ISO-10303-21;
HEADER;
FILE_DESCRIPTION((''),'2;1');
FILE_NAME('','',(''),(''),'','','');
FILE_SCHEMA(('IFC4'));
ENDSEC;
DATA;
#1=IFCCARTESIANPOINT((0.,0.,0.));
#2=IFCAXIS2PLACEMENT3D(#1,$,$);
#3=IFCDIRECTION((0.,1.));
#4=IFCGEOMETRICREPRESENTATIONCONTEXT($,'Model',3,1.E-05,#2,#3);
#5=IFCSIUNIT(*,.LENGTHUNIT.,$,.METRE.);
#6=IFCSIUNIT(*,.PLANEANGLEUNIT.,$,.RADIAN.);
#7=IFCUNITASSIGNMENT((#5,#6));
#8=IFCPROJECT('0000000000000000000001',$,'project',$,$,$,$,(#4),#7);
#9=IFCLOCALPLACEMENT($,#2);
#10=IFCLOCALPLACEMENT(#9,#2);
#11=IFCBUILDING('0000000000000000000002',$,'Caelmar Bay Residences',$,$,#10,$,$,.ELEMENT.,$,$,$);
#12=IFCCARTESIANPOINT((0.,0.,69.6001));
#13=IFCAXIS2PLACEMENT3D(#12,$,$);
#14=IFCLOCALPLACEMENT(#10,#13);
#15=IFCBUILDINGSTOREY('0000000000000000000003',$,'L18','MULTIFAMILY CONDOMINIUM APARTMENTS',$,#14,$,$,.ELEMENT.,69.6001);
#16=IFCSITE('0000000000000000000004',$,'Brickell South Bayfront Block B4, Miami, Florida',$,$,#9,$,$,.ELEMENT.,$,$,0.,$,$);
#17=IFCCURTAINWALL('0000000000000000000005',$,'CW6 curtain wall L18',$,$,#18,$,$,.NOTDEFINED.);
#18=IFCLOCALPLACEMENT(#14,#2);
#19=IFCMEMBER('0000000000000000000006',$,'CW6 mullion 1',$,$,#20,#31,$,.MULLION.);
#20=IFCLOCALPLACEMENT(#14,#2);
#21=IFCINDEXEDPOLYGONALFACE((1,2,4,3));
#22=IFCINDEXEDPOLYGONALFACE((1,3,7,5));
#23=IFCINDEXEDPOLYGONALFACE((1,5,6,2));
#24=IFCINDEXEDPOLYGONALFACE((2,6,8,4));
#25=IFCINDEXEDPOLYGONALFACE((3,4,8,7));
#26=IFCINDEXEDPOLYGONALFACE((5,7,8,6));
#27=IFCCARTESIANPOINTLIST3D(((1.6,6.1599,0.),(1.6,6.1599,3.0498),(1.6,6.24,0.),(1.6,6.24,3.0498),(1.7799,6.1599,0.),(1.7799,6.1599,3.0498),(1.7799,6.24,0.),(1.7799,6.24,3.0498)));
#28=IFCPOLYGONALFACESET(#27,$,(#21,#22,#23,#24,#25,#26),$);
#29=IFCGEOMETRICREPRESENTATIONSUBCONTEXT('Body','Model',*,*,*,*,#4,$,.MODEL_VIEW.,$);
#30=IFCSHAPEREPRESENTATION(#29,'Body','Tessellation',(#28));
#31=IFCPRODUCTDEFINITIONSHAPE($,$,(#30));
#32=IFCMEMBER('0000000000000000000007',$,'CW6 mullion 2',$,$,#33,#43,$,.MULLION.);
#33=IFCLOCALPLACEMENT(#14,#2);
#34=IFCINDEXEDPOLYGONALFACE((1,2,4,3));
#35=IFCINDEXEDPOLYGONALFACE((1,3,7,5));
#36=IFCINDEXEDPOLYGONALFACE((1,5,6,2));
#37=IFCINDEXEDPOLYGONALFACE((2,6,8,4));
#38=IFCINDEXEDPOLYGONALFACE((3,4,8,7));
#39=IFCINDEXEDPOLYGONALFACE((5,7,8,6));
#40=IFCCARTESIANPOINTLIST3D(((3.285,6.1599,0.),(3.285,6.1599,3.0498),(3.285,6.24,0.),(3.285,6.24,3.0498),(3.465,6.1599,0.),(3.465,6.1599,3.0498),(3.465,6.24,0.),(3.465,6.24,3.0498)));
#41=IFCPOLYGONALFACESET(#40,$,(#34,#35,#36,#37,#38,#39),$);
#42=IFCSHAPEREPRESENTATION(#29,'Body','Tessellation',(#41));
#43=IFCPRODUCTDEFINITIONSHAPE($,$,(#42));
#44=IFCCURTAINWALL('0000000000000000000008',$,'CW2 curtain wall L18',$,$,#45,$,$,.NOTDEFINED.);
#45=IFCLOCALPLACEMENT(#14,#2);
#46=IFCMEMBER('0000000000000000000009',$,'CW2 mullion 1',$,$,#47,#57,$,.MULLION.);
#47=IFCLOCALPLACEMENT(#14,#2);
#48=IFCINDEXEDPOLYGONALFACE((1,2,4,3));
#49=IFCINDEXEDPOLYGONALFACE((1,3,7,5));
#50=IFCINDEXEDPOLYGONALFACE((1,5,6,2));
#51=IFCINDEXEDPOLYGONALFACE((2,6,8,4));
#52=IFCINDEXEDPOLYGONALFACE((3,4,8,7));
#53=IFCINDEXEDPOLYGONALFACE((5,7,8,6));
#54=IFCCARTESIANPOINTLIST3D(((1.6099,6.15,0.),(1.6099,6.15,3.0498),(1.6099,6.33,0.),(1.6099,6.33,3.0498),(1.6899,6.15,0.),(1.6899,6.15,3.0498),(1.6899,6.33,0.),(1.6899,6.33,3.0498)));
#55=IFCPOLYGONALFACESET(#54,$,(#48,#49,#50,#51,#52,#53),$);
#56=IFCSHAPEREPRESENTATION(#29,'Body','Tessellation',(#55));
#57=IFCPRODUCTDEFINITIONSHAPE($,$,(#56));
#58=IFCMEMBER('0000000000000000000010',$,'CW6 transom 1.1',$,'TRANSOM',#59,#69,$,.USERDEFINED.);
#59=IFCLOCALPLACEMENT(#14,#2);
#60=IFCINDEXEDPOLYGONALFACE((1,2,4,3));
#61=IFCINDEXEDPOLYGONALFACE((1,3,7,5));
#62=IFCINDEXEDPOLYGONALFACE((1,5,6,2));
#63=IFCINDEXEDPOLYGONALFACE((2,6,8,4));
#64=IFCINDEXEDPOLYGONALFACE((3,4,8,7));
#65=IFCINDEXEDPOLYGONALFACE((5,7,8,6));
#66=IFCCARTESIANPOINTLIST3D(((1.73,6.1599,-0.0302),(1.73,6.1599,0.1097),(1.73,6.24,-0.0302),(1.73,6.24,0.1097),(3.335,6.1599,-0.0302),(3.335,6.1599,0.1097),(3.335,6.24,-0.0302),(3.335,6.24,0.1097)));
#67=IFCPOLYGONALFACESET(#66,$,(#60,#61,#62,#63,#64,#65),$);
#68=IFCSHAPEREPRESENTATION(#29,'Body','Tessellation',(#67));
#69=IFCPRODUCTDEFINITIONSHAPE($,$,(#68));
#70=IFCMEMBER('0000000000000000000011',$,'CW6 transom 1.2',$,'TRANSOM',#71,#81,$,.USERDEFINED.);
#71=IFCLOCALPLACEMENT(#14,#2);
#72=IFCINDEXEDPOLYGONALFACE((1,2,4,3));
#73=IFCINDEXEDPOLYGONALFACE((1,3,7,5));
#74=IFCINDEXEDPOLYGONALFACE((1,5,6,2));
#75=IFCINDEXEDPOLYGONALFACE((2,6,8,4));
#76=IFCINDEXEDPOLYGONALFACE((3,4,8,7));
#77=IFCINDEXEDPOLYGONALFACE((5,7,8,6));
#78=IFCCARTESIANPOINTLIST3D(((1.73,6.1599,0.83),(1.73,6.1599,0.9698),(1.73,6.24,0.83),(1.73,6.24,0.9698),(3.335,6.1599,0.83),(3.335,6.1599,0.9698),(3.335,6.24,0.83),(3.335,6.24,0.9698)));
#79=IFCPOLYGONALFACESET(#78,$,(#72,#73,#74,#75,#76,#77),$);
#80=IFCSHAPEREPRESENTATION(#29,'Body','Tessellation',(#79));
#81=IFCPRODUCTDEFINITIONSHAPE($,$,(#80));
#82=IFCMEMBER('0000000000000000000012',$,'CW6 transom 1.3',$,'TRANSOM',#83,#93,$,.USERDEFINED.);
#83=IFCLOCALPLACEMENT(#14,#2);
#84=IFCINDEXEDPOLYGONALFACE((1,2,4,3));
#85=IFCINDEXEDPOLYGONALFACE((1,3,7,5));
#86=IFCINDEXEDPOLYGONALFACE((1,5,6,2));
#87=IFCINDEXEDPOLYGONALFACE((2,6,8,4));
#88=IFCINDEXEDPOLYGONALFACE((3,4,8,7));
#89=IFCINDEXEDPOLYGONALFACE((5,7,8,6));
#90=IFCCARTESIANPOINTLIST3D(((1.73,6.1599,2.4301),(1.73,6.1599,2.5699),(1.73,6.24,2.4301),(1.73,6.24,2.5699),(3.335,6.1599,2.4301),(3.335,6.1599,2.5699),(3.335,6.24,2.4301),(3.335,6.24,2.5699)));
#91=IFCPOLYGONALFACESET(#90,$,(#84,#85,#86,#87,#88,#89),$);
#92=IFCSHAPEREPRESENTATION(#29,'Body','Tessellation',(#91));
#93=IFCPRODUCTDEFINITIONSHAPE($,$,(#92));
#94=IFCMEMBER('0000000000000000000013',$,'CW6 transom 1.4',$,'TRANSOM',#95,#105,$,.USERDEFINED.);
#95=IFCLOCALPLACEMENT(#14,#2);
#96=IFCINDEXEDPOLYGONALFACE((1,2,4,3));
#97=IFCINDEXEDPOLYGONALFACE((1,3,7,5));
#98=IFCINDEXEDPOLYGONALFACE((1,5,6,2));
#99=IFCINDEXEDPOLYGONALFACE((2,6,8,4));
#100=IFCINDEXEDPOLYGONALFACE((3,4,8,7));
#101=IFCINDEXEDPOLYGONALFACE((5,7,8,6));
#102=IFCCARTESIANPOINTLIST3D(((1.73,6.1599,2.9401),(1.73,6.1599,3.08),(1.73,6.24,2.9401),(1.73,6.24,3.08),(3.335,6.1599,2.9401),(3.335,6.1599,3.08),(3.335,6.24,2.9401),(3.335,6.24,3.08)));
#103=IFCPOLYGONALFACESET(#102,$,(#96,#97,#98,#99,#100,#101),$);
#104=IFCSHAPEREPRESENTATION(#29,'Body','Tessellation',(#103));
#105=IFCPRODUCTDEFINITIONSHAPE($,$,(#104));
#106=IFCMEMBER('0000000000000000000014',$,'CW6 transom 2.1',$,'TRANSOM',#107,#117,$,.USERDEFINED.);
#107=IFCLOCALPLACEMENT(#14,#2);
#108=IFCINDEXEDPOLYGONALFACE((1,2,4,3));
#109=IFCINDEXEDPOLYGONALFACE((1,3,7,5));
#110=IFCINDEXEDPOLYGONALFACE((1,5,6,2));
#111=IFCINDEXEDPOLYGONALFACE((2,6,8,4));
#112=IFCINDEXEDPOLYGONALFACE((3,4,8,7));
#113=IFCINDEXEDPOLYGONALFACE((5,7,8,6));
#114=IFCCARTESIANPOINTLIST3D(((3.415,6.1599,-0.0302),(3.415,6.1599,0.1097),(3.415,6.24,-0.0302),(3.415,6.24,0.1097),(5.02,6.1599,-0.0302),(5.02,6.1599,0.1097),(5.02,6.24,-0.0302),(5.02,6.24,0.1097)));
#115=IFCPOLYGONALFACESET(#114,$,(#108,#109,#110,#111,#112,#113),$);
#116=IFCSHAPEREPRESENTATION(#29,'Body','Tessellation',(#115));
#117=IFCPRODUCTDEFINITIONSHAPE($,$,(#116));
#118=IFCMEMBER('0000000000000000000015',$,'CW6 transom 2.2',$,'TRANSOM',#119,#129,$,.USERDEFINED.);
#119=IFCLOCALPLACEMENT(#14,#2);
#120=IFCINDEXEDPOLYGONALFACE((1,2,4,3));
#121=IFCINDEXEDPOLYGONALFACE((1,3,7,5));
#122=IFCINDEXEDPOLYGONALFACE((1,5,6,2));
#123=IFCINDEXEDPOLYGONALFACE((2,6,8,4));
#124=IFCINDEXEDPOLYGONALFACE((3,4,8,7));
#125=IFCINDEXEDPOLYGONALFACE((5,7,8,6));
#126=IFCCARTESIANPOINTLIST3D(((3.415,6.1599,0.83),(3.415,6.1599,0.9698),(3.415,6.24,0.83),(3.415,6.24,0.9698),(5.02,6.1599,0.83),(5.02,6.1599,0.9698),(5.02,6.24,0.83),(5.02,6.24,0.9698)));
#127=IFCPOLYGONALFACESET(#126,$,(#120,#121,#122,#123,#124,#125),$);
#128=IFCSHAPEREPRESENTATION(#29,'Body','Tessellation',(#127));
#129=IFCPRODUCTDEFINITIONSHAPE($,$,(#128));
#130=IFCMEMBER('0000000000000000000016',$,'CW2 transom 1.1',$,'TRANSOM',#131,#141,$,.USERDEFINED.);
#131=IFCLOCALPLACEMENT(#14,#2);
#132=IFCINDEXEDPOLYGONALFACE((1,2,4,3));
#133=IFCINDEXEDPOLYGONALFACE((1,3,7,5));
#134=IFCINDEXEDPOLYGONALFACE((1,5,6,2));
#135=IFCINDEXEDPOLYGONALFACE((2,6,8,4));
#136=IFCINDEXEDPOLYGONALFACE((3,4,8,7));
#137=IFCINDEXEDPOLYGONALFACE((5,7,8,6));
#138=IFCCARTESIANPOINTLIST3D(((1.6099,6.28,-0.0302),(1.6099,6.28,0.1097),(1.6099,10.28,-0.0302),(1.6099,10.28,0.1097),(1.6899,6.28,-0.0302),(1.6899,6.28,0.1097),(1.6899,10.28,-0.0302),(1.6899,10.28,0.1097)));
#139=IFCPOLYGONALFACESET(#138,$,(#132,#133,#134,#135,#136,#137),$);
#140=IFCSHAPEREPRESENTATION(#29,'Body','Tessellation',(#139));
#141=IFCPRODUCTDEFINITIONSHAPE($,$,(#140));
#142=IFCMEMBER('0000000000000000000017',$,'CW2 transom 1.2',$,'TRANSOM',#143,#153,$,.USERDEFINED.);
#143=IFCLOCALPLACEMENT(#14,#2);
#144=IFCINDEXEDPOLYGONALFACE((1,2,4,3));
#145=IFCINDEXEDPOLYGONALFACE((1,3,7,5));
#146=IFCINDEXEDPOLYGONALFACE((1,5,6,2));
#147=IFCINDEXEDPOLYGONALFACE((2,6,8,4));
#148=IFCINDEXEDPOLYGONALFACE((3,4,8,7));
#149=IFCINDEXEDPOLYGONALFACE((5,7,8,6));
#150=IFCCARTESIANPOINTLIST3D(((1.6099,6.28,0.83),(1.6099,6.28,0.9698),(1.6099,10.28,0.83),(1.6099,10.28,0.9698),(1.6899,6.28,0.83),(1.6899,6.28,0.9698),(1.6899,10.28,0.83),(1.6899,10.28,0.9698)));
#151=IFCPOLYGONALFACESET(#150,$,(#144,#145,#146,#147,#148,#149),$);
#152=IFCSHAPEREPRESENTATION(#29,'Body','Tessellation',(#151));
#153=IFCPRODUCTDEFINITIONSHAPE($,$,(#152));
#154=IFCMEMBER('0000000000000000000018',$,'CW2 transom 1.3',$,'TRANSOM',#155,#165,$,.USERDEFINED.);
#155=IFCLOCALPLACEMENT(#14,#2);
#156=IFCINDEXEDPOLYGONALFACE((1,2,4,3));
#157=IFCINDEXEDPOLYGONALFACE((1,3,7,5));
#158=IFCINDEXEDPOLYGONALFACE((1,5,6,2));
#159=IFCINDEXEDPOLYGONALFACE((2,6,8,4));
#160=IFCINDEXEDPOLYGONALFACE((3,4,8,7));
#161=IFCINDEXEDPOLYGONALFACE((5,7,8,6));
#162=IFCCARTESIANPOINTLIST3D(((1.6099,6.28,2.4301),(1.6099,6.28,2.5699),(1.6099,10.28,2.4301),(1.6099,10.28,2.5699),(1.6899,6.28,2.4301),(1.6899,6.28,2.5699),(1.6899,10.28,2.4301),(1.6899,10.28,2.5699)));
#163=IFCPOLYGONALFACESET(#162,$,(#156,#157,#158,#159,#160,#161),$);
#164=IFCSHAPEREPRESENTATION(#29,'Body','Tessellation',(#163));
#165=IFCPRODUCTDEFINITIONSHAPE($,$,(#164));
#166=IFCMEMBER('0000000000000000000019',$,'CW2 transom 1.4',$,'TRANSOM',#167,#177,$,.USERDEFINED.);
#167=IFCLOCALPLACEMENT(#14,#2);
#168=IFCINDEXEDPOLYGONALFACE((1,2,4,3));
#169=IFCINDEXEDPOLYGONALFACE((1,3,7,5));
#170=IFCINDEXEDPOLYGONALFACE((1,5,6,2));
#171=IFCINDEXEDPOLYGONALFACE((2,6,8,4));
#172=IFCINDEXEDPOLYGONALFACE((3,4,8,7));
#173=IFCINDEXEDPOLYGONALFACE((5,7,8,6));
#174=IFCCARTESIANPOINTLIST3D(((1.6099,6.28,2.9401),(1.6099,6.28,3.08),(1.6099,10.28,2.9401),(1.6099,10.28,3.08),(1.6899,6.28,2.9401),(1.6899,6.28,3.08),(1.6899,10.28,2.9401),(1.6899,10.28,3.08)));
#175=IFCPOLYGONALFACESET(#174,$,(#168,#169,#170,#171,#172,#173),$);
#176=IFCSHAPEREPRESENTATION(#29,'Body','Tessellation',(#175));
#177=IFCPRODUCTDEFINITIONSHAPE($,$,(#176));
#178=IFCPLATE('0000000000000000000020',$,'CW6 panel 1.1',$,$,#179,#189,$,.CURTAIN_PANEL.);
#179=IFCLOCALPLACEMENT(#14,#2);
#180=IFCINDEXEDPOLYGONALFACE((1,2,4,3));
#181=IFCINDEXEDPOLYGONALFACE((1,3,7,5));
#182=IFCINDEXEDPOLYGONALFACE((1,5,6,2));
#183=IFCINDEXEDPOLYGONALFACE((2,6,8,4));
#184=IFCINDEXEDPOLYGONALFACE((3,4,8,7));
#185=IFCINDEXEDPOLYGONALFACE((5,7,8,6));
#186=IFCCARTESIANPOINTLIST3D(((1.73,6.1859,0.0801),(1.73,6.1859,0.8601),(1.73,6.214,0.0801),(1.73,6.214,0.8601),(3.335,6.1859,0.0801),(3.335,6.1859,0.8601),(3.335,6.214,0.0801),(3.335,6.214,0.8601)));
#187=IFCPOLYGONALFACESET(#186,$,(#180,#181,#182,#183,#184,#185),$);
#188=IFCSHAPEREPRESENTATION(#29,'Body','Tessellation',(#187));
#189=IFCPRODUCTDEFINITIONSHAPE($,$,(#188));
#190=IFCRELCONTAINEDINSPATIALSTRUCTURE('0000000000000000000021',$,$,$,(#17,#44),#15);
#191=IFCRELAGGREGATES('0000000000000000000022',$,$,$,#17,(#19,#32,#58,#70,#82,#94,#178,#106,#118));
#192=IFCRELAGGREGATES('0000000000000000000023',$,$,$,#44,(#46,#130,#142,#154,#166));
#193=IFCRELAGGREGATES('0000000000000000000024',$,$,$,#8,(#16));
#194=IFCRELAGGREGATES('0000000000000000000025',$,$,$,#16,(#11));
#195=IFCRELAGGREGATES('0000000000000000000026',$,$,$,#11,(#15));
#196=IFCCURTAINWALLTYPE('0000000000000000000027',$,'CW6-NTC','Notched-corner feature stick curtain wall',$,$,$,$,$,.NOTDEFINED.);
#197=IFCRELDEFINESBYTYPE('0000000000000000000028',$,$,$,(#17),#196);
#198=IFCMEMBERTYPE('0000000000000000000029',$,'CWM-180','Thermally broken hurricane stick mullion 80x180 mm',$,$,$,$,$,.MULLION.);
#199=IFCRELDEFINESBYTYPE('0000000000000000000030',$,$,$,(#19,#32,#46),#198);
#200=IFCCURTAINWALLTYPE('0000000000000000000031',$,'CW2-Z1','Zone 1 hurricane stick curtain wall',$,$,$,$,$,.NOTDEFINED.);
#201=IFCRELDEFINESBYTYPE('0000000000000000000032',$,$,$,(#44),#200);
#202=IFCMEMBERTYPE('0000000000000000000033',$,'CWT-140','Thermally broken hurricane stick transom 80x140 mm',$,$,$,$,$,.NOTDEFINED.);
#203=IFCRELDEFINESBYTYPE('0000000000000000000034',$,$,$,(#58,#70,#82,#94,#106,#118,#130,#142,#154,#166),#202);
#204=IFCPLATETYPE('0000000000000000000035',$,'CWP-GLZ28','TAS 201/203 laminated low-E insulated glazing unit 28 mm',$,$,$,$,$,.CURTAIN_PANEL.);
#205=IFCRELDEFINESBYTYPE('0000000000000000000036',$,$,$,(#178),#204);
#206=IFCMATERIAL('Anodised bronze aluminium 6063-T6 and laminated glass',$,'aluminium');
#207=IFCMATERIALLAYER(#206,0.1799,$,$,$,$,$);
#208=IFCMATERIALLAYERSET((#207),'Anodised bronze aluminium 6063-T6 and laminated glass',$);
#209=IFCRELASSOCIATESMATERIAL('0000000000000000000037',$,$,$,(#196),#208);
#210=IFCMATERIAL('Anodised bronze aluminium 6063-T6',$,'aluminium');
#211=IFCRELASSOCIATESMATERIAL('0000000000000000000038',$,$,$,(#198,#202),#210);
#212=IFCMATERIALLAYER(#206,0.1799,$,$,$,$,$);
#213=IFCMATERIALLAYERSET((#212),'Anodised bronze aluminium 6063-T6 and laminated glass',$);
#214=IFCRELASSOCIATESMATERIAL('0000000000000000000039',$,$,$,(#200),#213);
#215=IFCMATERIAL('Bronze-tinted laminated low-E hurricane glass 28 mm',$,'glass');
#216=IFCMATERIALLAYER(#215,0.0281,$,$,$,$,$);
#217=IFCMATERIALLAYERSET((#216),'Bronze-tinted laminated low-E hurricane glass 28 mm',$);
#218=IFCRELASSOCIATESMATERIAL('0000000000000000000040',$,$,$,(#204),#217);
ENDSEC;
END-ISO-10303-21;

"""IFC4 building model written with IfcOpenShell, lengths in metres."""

from ifc_helpers import new_model, si_unit, direction, frame, origin, origin_2d, place, context, subcontext, project, spatial, rectangle, extrude, material, layer, layer_set, material_profile, profile_set, type_object, element, aggregate, save


model = new_model("IFC4")

# Units and contexts
model_context = context("Model", 3, precision=1e-05, world=origin(), true_north=direction((0.0, 1.0)))
body_context = subcontext(model_context, "Body", "Model", "MODEL_VIEW")
ifc_project = project(units=[si_unit("LENGTHUNIT", "METRE"), si_unit("PLANEANGLEUNIT", "RADIAN")], contexts=[model_context])

# Site, building, storey
site_placement = place(None, origin())
site = spatial("IfcSite", under=ifc_project, at=site_placement, Name="Brickell South Bayfront Block B4, Miami, Florida", CompositionType="ELEMENT", RefElevation=0.0)
building_placement = place(site_placement, origin())
building = spatial("IfcBuilding", under=site, at=building_placement, Name="Caelmar Bay Residences", CompositionType="ELEMENT")
storey_placement = place(building_placement, frame((0.0, 0.0, 69.6001)))
storey = spatial("IfcBuildingStorey", under=building, at=storey_placement, Name="L18", Description="MULTIFAMILY CONDOMINIUM APARTMENTS", CompositionType="ELEMENT", Elevation=69.6001)

# Curtain wall, members
ifc_material_1 = material(Name="Anodised bronze aluminium 6063-T6 and laminated glass", Category="aluminium")
ifc_layer_1 = layer(ifc_material_1, 0.1799)
ifc_layer_set_1 = layer_set([ifc_layer_1], Name="Anodised bronze aluminium 6063-T6 and laminated glass")
curtain_wall_type_1 = type_object("IfcCurtainWallType", Name="CW6-NTC", Description="Notched-corner feature stick curtain wall", PredefinedType="NOTDEFINED", material=ifc_layer_set_1)
curtain_wall_1_placement = place(storey_placement, origin())
curtain_wall_1 = element("IfcCurtainWall", 1, at=curtain_wall_1_placement, inside=storey, type_object=curtain_wall_type_1, Name="CW6 curtain wall L18", PredefinedType="NOTDEFINED")
ifc_material_2 = material(Name="Anodised bronze aluminium 6063-T6", Category="aluminium")
ifc_material_profile_1 = material_profile(ifc_material_2, rectangle(XDim=0.0801, YDim=0.1799, at=origin_2d()), Name="CWM-80X180")
ifc_profile_set_1 = profile_set([ifc_material_profile_1], Name="Anodised bronze aluminium 6063-T6")
member_type_1 = type_object("IfcMemberType", Name="CWM-180", Description="Thermally broken hurricane stick mullion 80x180 mm", PredefinedType="MULLION", material=ifc_profile_set_1)
member_1_placement = place(storey_placement, frame((1.6899, 6.2, 0.0), z_axis=(0.0, 0.0, 1.0), x_axis=(0.0, 1.0, 0.0)))
member_1 = element("IfcMember", 2, at=member_1_placement, type_object=member_type_1, Name="CW6 mullion 1", PredefinedType="MULLION", context=body_context, shape_type="SweptSolid", body=[
    extrude(rectangle(XDim=0.0801, YDim=0.1799, at=origin_2d()), origin(), (0.0, 0.0, 1.0), 3.0498),
])
member_2_placement = place(storey_placement, frame((3.375, 6.2, 0.0), z_axis=(0.0, 0.0, 1.0), x_axis=(0.0, 1.0, 0.0)))
member_2 = element("IfcMember", 3, at=member_2_placement, type_object=member_type_1, Name="CW6 mullion 2", PredefinedType="MULLION", context=body_context, shape_type="SweptSolid", body=[
    extrude(rectangle(XDim=0.0801, YDim=0.1799, at=origin_2d()), origin(), (0.0, 0.0, 1.0), 3.0498),
])

# Curtain wall, member
ifc_layer_2 = layer(ifc_material_1, 0.1799)
ifc_layer_set_2 = layer_set([ifc_layer_2], Name="Anodised bronze aluminium 6063-T6 and laminated glass")
curtain_wall_type_2 = type_object("IfcCurtainWallType", Name="CW2-Z1", Description="Zone 1 hurricane stick curtain wall", PredefinedType="NOTDEFINED", material=ifc_layer_set_2)
curtain_wall_2_placement = place(storey_placement, origin())
curtain_wall_2 = element("IfcCurtainWall", 4, at=curtain_wall_2_placement, inside=storey, type_object=curtain_wall_type_2, Name="CW2 curtain wall L18", PredefinedType="NOTDEFINED")
member_3_placement = place(storey_placement, frame((1.6499, 6.24, 0.0), z_axis=(0.0, 0.0, 1.0), x_axis=(-1.0, 0.0, 0.0)))
member_3 = element("IfcMember", 5, at=member_3_placement, type_object=member_type_1, Name="CW2 mullion 1", PredefinedType="MULLION", context=body_context, shape_type="SweptSolid", body=[
    extrude(rectangle(XDim=0.0801, YDim=0.1799, at=origin_2d()), origin(), (0.0, 0.0, 1.0), 3.0498),
])

# Members
ifc_material_profile_2 = material_profile(ifc_material_2, rectangle(XDim=0.0801, YDim=0.1399, at=origin_2d()), Name="CWT-80X140")
ifc_profile_set_2 = profile_set([ifc_material_profile_2], Name="Anodised bronze aluminium 6063-T6")
member_type_2 = type_object("IfcMemberType", Name="CWT-140", Description="Thermally broken hurricane stick transom 80x140 mm", PredefinedType="NOTDEFINED", material=ifc_profile_set_2)
member_4_placement = place(storey_placement, frame((1.73, 6.2, 0.0398), z_axis=(1.0, 0.0, 0.0), x_axis=(0.0, 1.0, 0.0)))
member_4 = element("IfcMember", 6, at=member_4_placement, type_object=member_type_2, Name="CW6 transom 1.1", ObjectType="TRANSOM", PredefinedType="USERDEFINED", context=body_context, shape_type="SweptSolid", body=[
    extrude(rectangle(XDim=0.0801, YDim=0.1399, at=origin_2d()), origin(), (0.0, 0.0, 1.0), 1.605),
])
member_5_placement = place(storey_placement, frame((1.73, 6.2, 0.8999), z_axis=(1.0, 0.0, 0.0), x_axis=(0.0, 1.0, 0.0)))
member_5 = element("IfcMember", 7, at=member_5_placement, type_object=member_type_2, Name="CW6 transom 1.2", ObjectType="TRANSOM", PredefinedType="USERDEFINED", context=body_context, shape_type="SweptSolid", body=[
    extrude(rectangle(XDim=0.0801, YDim=0.1399, at=origin_2d()), origin(), (0.0, 0.0, 1.0), 1.605),
])
member_6_placement = place(storey_placement, frame((1.73, 6.2, 2.5), z_axis=(1.0, 0.0, 0.0), x_axis=(0.0, 1.0, 0.0)))
member_6 = element("IfcMember", 8, at=member_6_placement, type_object=member_type_2, Name="CW6 transom 1.3", ObjectType="TRANSOM", PredefinedType="USERDEFINED", context=body_context, shape_type="SweptSolid", body=[
    extrude(rectangle(XDim=0.0801, YDim=0.1399, at=origin_2d()), origin(), (0.0, 0.0, 1.0), 1.605),
])
member_7_placement = place(storey_placement, frame((1.73, 6.2, 3.01), z_axis=(1.0, 0.0, 0.0), x_axis=(0.0, 1.0, 0.0)))
member_7 = element("IfcMember", 9, at=member_7_placement, type_object=member_type_2, Name="CW6 transom 1.4", ObjectType="TRANSOM", PredefinedType="USERDEFINED", context=body_context, shape_type="SweptSolid", body=[
    extrude(rectangle(XDim=0.0801, YDim=0.1399, at=origin_2d()), origin(), (0.0, 0.0, 1.0), 1.605),
])
member_8_placement = place(storey_placement, frame((3.415, 6.2, 0.0398), z_axis=(1.0, 0.0, 0.0), x_axis=(0.0, 1.0, 0.0)))
member_8 = element("IfcMember", 10, at=member_8_placement, type_object=member_type_2, Name="CW6 transom 2.1", ObjectType="TRANSOM", PredefinedType="USERDEFINED", context=body_context, shape_type="SweptSolid", body=[
    extrude(rectangle(XDim=0.0801, YDim=0.1399, at=origin_2d()), origin(), (0.0, 0.0, 1.0), 1.605),
])
member_9_placement = place(storey_placement, frame((3.415, 6.2, 0.8999), z_axis=(1.0, 0.0, 0.0), x_axis=(0.0, 1.0, 0.0)))
member_9 = element("IfcMember", 11, at=member_9_placement, type_object=member_type_2, Name="CW6 transom 2.2", ObjectType="TRANSOM", PredefinedType="USERDEFINED", context=body_context, shape_type="SweptSolid", body=[
    extrude(rectangle(XDim=0.0801, YDim=0.1399, at=origin_2d()), origin(), (0.0, 0.0, 1.0), 1.605),
])
member_10_placement = place(storey_placement, frame((1.6499, 6.28, 0.0398), z_axis=(0.0, 1.0, 0.0), x_axis=(-1.0, 0.0, 0.0)))
member_10 = element("IfcMember", 12, at=member_10_placement, type_object=member_type_2, Name="CW2 transom 1.1", ObjectType="TRANSOM", PredefinedType="USERDEFINED", context=body_context, shape_type="SweptSolid", body=[
    extrude(rectangle(XDim=0.0801, YDim=0.1399, at=origin_2d()), origin(), (0.0, 0.0, 1.0), 4.0),
])
member_11_placement = place(storey_placement, frame((1.6499, 6.28, 0.8999), z_axis=(0.0, 1.0, 0.0), x_axis=(-1.0, 0.0, 0.0)))
member_11 = element("IfcMember", 13, at=member_11_placement, type_object=member_type_2, Name="CW2 transom 1.2", ObjectType="TRANSOM", PredefinedType="USERDEFINED", context=body_context, shape_type="SweptSolid", body=[
    extrude(rectangle(XDim=0.0801, YDim=0.1399, at=origin_2d()), origin(), (0.0, 0.0, 1.0), 4.0),
])
member_12_placement = place(storey_placement, frame((1.6499, 6.28, 2.5), z_axis=(0.0, 1.0, 0.0), x_axis=(-1.0, 0.0, 0.0)))
member_12 = element("IfcMember", 14, at=member_12_placement, type_object=member_type_2, Name="CW2 transom 1.3", ObjectType="TRANSOM", PredefinedType="USERDEFINED", context=body_context, shape_type="SweptSolid", body=[
    extrude(rectangle(XDim=0.0801, YDim=0.1399, at=origin_2d()), origin(), (0.0, 0.0, 1.0), 4.0),
])
member_13_placement = place(storey_placement, frame((1.6499, 6.28, 3.01), z_axis=(0.0, 1.0, 0.0), x_axis=(-1.0, 0.0, 0.0)))
member_13 = element("IfcMember", 15, at=member_13_placement, type_object=member_type_2, Name="CW2 transom 1.4", ObjectType="TRANSOM", PredefinedType="USERDEFINED", context=body_context, shape_type="SweptSolid", body=[
    extrude(rectangle(XDim=0.0801, YDim=0.1399, at=origin_2d()), origin(), (0.0, 0.0, 1.0), 4.0),
])

# Plate
ifc_material_3 = material(Name="Bronze-tinted laminated low-E hurricane glass 28 mm", Category="glass")
ifc_layer_3 = layer(ifc_material_3, 0.0281)
ifc_layer_set_3 = layer_set([ifc_layer_3], Name="Bronze-tinted laminated low-E hurricane glass 28 mm")
plate_type = type_object("IfcPlateType", Name="CWP-GLZ28", Description="TAS 201/203 laminated low-E insulated glazing unit 28 mm", PredefinedType="CURTAIN_PANEL", material=ifc_layer_set_3)
plate_1_placement = place(storey_placement, frame((2.5325, 6.2, 0.0801), z_axis=(0.0, 0.0, 1.0), x_axis=(1.0, 0.0, 0.0)))
plate_1 = element("IfcPlate", 16, at=plate_1_placement, type_object=plate_type, Name="CW6 panel 1.1", PredefinedType="CURTAIN_PANEL", context=body_context, shape_type="SweptSolid", body=[
    extrude(rectangle(XDim=1.605, YDim=0.0281, at=origin_2d()), origin(), (0.0, 0.0, 1.0), 0.78),
])
aggregate(curtain_wall_1, [member_1, member_2, member_4, member_5, member_6, member_7, plate_1, member_8, member_9])
aggregate(curtain_wall_2, [member_3, member_10, member_11, member_12, member_13])

save(model, "model.ifc")
